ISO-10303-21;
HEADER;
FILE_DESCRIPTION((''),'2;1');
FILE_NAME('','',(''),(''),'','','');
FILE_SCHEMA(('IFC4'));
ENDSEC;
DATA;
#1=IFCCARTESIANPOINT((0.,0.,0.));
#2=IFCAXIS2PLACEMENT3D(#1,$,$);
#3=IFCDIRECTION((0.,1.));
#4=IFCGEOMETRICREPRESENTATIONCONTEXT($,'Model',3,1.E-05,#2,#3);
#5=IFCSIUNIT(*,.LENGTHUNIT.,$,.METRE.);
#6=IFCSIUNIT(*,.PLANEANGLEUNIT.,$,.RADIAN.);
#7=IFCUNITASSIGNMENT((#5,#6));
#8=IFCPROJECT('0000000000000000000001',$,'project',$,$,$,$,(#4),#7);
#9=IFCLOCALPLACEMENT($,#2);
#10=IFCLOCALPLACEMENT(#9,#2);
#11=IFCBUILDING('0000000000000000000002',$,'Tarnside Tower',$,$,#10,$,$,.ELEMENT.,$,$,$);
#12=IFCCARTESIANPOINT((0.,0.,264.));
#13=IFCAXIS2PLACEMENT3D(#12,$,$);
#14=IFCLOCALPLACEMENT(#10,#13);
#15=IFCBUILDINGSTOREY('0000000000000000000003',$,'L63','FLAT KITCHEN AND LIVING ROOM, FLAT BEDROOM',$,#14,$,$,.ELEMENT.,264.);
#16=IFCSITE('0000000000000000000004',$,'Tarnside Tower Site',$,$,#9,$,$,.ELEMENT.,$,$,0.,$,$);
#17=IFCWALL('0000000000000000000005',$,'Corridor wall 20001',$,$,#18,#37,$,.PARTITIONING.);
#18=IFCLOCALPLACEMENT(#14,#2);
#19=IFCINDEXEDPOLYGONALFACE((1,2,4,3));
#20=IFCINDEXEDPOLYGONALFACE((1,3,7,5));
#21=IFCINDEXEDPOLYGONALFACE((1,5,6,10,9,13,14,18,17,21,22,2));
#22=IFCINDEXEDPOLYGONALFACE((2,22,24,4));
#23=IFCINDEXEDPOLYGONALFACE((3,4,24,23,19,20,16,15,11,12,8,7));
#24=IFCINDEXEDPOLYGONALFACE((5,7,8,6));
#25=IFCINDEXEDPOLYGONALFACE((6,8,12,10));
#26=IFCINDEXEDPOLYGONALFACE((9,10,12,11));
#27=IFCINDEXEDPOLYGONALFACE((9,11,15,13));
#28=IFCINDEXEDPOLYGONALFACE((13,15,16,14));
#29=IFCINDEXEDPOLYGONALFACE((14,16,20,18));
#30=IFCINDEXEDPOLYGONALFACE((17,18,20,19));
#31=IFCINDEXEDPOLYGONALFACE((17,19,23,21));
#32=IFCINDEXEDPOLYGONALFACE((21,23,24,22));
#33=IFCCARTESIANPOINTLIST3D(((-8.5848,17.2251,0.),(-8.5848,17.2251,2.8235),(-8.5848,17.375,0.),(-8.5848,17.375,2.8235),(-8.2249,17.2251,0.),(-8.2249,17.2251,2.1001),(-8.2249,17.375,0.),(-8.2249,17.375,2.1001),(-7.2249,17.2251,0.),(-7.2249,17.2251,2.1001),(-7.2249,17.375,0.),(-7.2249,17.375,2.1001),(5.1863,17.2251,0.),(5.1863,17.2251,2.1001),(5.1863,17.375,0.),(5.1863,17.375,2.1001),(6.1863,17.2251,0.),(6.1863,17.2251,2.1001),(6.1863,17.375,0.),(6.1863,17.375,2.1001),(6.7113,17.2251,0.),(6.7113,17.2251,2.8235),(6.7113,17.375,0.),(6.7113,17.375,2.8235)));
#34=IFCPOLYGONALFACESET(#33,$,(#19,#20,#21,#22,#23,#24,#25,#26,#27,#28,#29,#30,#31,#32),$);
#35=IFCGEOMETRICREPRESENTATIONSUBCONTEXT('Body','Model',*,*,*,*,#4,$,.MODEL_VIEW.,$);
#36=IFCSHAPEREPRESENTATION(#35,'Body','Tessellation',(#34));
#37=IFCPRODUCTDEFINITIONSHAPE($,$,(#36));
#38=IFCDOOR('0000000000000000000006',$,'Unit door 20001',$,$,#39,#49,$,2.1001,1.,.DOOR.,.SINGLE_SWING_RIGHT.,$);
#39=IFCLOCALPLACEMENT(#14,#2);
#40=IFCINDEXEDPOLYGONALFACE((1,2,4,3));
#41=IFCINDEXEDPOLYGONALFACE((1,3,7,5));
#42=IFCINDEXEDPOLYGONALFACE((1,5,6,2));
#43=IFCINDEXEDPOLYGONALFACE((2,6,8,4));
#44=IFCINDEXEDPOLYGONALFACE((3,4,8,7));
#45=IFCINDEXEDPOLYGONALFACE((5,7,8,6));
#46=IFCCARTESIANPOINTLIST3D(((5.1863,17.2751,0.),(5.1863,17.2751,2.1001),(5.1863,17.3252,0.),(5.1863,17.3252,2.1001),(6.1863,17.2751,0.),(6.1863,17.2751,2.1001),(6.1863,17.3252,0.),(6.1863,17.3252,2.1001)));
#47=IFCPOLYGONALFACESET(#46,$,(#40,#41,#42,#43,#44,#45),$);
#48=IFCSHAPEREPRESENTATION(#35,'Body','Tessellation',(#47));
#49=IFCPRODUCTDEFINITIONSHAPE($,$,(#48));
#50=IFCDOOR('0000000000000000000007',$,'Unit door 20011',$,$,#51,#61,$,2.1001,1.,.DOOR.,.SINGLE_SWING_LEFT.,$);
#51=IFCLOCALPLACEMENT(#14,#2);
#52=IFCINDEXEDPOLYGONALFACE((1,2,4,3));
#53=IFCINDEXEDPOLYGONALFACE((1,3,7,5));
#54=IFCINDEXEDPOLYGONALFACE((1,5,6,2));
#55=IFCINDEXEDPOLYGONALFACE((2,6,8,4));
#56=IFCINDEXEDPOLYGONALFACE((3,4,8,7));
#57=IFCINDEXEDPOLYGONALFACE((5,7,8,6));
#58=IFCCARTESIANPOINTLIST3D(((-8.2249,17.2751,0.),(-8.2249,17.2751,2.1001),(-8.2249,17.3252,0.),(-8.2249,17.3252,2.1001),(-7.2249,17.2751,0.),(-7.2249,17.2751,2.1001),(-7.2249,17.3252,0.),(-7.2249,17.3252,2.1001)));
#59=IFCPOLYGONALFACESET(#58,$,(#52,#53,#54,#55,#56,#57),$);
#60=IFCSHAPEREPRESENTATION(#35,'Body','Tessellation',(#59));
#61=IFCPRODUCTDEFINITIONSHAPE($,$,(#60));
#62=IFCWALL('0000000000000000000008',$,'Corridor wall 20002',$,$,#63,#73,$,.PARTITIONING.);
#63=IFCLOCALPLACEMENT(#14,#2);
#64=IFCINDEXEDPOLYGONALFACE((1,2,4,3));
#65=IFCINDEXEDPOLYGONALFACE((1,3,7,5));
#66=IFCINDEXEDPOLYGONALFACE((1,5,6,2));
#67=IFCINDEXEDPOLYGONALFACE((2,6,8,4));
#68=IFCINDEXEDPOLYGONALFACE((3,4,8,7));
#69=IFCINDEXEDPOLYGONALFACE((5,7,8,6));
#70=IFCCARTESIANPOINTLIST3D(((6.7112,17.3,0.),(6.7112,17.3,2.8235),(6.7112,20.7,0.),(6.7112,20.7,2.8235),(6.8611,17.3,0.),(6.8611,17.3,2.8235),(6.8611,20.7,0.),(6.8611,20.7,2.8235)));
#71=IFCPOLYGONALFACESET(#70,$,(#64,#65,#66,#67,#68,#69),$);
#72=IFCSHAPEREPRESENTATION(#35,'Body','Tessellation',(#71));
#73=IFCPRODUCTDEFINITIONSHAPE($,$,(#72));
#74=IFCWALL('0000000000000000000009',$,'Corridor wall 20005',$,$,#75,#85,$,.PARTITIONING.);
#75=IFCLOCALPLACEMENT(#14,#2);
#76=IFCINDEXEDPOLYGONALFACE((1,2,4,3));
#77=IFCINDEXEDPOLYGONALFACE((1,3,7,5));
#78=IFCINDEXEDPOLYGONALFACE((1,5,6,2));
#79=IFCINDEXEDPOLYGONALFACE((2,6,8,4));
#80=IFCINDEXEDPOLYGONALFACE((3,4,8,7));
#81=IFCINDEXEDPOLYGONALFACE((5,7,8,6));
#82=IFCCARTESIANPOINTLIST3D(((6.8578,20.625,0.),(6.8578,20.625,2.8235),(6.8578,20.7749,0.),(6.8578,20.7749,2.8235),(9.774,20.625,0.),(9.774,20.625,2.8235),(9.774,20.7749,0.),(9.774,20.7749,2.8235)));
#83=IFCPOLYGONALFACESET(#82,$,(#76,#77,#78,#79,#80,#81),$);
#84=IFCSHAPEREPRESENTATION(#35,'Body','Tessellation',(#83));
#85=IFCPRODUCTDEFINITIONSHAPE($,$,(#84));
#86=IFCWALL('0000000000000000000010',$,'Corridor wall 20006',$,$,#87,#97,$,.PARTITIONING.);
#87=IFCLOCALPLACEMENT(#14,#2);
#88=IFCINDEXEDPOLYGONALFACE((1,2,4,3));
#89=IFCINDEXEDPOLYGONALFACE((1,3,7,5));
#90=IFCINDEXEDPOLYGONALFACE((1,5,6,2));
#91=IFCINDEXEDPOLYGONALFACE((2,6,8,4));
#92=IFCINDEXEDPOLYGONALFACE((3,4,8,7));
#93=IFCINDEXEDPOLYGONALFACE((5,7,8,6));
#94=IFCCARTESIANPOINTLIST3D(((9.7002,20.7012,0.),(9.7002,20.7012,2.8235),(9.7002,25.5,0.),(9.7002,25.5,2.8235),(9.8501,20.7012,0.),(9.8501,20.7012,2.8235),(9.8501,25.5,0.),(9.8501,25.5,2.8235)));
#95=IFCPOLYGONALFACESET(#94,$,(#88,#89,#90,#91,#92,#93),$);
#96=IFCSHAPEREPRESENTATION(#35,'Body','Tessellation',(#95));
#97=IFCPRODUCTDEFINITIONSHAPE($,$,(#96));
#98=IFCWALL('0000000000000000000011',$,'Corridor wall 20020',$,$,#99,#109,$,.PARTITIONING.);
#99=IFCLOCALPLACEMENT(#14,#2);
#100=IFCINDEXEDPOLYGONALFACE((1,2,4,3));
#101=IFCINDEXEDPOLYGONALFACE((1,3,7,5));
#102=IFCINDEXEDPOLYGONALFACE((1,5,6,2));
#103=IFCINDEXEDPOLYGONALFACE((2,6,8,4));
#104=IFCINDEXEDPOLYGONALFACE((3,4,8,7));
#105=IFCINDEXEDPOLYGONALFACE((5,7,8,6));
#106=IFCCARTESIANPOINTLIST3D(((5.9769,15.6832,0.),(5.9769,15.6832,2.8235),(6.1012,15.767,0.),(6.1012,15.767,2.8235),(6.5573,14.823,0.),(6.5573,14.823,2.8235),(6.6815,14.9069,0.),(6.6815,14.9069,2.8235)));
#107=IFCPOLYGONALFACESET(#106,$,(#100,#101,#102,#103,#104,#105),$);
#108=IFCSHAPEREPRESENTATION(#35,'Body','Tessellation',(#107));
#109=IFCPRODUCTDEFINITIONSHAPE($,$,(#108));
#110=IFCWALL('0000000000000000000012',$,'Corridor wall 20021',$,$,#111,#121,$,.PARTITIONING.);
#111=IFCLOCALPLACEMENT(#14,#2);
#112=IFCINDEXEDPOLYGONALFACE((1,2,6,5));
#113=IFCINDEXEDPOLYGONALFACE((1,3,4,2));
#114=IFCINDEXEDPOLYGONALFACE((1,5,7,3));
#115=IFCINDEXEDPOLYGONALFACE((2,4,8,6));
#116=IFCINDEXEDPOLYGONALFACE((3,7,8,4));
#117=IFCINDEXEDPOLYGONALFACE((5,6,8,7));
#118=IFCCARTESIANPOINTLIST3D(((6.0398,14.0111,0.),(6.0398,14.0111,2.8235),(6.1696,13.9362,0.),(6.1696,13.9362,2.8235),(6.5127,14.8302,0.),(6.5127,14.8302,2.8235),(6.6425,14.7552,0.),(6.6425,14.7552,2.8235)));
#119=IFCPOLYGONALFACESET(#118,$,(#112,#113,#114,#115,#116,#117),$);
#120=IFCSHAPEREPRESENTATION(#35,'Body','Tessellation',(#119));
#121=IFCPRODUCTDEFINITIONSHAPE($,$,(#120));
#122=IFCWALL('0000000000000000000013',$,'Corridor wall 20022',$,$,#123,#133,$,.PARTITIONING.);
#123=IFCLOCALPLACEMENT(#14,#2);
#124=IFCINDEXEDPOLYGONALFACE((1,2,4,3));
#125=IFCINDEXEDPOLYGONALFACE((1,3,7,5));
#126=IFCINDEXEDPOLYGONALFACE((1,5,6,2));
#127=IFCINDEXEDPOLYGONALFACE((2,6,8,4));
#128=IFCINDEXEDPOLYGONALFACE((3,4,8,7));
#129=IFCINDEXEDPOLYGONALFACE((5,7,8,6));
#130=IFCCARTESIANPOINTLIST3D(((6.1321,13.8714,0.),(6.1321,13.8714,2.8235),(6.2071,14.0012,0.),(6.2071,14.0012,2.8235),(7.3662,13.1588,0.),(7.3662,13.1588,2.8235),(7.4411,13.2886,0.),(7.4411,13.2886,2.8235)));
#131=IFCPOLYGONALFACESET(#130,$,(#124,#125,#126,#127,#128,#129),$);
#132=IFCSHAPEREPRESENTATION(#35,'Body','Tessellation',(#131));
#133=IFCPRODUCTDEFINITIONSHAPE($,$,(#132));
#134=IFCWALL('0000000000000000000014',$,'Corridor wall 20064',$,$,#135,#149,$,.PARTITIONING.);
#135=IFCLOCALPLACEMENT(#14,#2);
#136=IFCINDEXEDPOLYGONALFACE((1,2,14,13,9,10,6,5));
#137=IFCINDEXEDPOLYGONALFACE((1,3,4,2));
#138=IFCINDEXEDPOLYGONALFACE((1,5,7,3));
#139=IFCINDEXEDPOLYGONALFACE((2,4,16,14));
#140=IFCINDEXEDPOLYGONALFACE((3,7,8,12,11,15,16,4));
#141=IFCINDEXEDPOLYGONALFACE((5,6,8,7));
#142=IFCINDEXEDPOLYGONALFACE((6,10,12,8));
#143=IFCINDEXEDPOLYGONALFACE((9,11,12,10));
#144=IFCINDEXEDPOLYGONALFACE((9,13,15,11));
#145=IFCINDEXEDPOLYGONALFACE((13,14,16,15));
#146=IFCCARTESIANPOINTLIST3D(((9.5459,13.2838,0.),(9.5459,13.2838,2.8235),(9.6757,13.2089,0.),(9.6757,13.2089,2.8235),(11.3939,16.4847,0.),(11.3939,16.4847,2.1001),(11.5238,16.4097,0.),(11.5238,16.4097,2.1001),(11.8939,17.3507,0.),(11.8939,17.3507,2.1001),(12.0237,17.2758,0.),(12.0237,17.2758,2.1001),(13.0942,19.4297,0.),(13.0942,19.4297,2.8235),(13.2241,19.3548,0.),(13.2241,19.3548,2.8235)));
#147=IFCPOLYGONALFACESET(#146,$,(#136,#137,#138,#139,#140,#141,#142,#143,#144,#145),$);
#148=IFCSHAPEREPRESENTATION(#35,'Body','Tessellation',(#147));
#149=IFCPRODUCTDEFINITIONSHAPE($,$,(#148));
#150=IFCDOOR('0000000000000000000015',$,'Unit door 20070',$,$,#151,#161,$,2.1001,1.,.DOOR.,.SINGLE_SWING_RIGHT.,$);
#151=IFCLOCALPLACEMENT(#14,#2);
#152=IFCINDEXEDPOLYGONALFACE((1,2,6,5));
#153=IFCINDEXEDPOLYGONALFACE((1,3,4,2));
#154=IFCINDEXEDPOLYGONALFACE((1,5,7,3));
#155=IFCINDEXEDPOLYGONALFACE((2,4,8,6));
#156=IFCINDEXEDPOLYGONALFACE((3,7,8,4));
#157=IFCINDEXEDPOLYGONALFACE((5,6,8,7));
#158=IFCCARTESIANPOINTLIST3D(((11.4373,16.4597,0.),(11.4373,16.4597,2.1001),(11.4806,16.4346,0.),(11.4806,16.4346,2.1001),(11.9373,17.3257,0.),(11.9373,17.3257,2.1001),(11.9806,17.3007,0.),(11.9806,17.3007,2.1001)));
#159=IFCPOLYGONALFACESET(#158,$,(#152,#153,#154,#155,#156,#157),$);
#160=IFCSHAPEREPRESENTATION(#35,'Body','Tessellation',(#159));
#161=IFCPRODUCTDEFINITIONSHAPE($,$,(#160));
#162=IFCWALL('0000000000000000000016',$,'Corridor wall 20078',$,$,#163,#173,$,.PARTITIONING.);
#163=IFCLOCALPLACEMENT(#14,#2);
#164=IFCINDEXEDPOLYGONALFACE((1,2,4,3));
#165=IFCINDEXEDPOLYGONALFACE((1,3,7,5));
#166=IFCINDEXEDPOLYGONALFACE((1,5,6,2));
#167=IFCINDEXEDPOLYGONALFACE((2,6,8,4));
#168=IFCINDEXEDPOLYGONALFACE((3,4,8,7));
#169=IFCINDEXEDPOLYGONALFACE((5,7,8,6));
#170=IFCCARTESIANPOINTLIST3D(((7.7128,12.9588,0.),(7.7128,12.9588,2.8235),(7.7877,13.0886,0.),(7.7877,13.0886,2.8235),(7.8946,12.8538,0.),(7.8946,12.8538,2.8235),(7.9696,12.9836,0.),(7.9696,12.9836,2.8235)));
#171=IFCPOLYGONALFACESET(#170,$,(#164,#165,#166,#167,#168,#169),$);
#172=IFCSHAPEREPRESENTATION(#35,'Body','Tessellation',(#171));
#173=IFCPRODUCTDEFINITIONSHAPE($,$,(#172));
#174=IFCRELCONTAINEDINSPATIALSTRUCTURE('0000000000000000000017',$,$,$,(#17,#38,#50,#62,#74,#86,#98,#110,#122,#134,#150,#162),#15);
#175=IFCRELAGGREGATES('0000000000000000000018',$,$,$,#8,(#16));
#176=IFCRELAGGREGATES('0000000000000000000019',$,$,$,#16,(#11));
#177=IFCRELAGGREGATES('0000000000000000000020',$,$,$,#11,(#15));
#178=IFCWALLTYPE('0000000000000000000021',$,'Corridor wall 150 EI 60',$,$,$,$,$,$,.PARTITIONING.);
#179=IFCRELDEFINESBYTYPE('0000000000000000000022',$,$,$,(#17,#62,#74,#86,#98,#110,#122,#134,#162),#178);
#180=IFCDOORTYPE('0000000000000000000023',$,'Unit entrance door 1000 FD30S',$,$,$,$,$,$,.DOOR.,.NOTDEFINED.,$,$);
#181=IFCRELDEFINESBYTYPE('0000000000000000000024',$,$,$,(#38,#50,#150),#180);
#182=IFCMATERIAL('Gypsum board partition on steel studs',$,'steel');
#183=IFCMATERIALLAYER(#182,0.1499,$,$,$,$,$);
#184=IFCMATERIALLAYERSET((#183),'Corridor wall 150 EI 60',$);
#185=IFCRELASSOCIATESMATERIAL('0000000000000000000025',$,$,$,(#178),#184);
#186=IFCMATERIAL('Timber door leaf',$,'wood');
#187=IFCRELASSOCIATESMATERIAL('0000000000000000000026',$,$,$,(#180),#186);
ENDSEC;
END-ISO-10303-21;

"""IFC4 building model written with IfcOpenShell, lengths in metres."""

from ifc_helpers import new_model, si_unit, direction, frame, frame_2d, origin, place, context, subcontext, project, spatial, rectangle, extrude, material, layer, layer_set, type_object, element, fill, save


model = new_model("IFC4")

# Units and contexts
model_context = context("Model", 3, precision=1e-05, world=origin(), true_north=direction((0.0, 1.0)))
body_context = subcontext(model_context, "Body", "Model", "MODEL_VIEW")
ifc_project = project(units=[si_unit("LENGTHUNIT", "METRE"), si_unit("PLANEANGLEUNIT", "RADIAN")], contexts=[model_context])

# Site, building, storey
site_placement = place(None, origin())
site = spatial("IfcSite", under=ifc_project, at=site_placement, Name="Tarnside Tower Site", CompositionType="ELEMENT", RefElevation=0.0)
building_placement = place(site_placement, origin())
building = spatial("IfcBuilding", under=site, at=building_placement, Name="Tarnside Tower", CompositionType="ELEMENT")
storey_placement = place(building_placement, frame((0.0, 0.0, 264.0)))
storey = spatial("IfcBuildingStorey", under=building, at=storey_placement, Name="L63", Description="FLAT KITCHEN AND LIVING ROOM, FLAT BEDROOM", CompositionType="ELEMENT", Elevation=264.0)

# Shared definitions
ifc_material_1 = material(Name="Gypsum board partition on steel studs", Category="steel")

# Shared definitions
ifc_material_2 = material(Name="Timber door leaf", Category="wood")

# Wall, openings, doors
ifc_layer_1 = layer(ifc_material_1, 0.1499)
ifc_layer_set_1 = layer_set([ifc_layer_1], Name="Corridor wall 150 EI 60")
wall_type_1 = type_object("IfcWallType", Name="Corridor wall 150 EI 60", PredefinedType="PARTITIONING", material=ifc_layer_set_1)
wall_1_placement = place(storey_placement, frame((6.7112, 17.3, 0.0), z_axis=(0.0, 0.0, 1.0), x_axis=(-1.0, 0.0, 0.0)))
wall_1 = element("IfcWall", 1, at=wall_1_placement, inside=storey, type_object=wall_type_1, Name="Corridor wall 20001", PredefinedType="PARTITIONING", context=body_context, shape_type="SweptSolid", body=[
    extrude(rectangle(XDim=15.2961, YDim=0.1499, at=frame_2d((7.6479, 0.0))), origin(), (0.0, 0.0, 1.0), 2.8235),
])
opening_1_placement = place(wall_1_placement, frame((0.5249, 0.0, 0.0)))
opening_1 = element("IfcOpeningElement", 2, at=opening_1_placement, cuts=wall_1, PredefinedType="OPENING", context=body_context, shape_type="SweptSolid", body=[
    extrude(rectangle(XDim=1.0, YDim=2.1001, at=frame_2d((0.5, 1.05))), frame((0.0, 0.085, 0.0), z_axis=(0.0, -1.0, 0.0), x_axis=(1.0, 0.0, 0.0)), (0.0, 0.0, 1.0), 0.1699),
])
opening_2_placement = place(wall_1_placement, frame((13.936, 0.0, 0.0)))
opening_2 = element("IfcOpeningElement", 3, at=opening_2_placement, cuts=wall_1, PredefinedType="OPENING", context=body_context, shape_type="SweptSolid", body=[
    extrude(rectangle(XDim=1.0, YDim=2.1001, at=frame_2d((0.5, 1.05))), frame((0.0, 0.085, 0.0), z_axis=(0.0, -1.0, 0.0), x_axis=(1.0, 0.0, 0.0)), (0.0, 0.0, 1.0), 0.1699),
])
door_type_1 = type_object("IfcDoorType", Name="Unit entrance door 1000 FD30S", OperationType="NOTDEFINED", PredefinedType="DOOR", material=ifc_material_2)
door_1_placement = place(opening_1_placement, origin())
door_1 = element("IfcDoor", 4, at=door_1_placement, inside=storey, type_object=door_type_1, Name="Unit door 20001", OperationType="SINGLE_SWING_RIGHT", OverallHeight=2.1001, OverallWidth=1.0, PredefinedType="DOOR", context=body_context, shape_type="SweptSolid", body=[
    extrude(rectangle(XDim=1.0, YDim=2.1001, at=frame_2d((0.5, 1.05))), frame((0.0, 0.0249, 0.0), z_axis=(0.0, -1.0, 0.0), x_axis=(1.0, 0.0, 0.0)), (0.0, 0.0, 1.0), 0.05),
])
fill(opening_1, door_1)
door_2_placement = place(opening_2_placement, origin())
door_2 = element("IfcDoor", 5, at=door_2_placement, inside=storey, type_object=door_type_1, Name="Unit door 20011", OperationType="SINGLE_SWING_LEFT", OverallHeight=2.1001, OverallWidth=1.0, PredefinedType="DOOR", context=body_context, shape_type="SweptSolid", body=[
    extrude(rectangle(XDim=1.0, YDim=2.1001, at=frame_2d((0.5, 1.05))), frame((0.0, 0.0249, 0.0), z_axis=(0.0, -1.0, 0.0), x_axis=(1.0, 0.0, 0.0)), (0.0, 0.0, 1.0), 0.05),
])
fill(opening_2, door_2)

# Walls
wall_2_placement = place(storey_placement, frame((6.7861, 20.7, 0.0), z_axis=(0.0, 0.0, 1.0), x_axis=(0.0, -1.0, 0.0)))
element("IfcWall", 6, at=wall_2_placement, inside=storey, type_object=wall_type_1, Name="Corridor wall 20002", PredefinedType="PARTITIONING", context=body_context, shape_type="SweptSolid", body=[
    extrude(rectangle(XDim=3.3999, YDim=0.1499, at=frame_2d((1.7, 0.0))), origin(), (0.0, 0.0, 1.0), 2.8235),
])
wall_3_placement = place(storey_placement, frame((9.7739, 20.7, 0.0), z_axis=(0.0, 0.0, 1.0), x_axis=(-1.0, 0.0, 0.0)))
element("IfcWall", 7, at=wall_3_placement, inside=storey, type_object=wall_type_1, Name="Corridor wall 20005", PredefinedType="PARTITIONING", context=body_context, shape_type="SweptSolid", body=[
    extrude(rectangle(XDim=2.9163, YDim=0.1499, at=frame_2d((1.458, 0.0))), origin(), (0.0, 0.0, 1.0), 2.8235),
])
wall_4_placement = place(storey_placement, frame((9.7751, 25.5, 0.0), z_axis=(0.0, 0.0, 1.0), x_axis=(0.0, -1.0, 0.0)))
element("IfcWall", 8, at=wall_4_placement, inside=storey, type_object=wall_type_1, Name="Corridor wall 20006", PredefinedType="PARTITIONING", context=body_context, shape_type="SweptSolid", body=[
    extrude(rectangle(XDim=4.7988, YDim=0.1499, at=frame_2d((2.3994, 0.0))), origin(), (0.0, 0.0, 1.0), 2.8235),
])
wall_5_placement = place(storey_placement, frame((6.0391, 15.7251, 0.0), z_axis=(0.0, 0.0, 1.0), x_axis=(0.559307, -0.82896, 0.0)))
element("IfcWall", 9, at=wall_5_placement, inside=storey, type_object=wall_type_1, Name="Corridor wall 20020", PredefinedType="PARTITIONING", context=body_context, shape_type="SweptSolid", body=[
    extrude(rectangle(XDim=1.0376, YDim=0.1499, at=frame_2d((0.5188, 0.0))), origin(), (0.0, 0.0, 1.0), 2.8235),
])
wall_6_placement = place(storey_placement, frame((6.5776, 14.7927, 0.0), z_axis=(0.0, 0.0, 1.0), x_axis=(-0.499998, -0.866027, 0.0)))
element("IfcWall", 10, at=wall_6_placement, inside=storey, type_object=wall_type_1, Name="Corridor wall 20021", PredefinedType="PARTITIONING", context=body_context, shape_type="SweptSolid", body=[
    extrude(rectangle(XDim=0.9458, YDim=0.1499, at=frame_2d((0.4729, 0.0))), origin(), (0.0, 0.0, 1.0), 2.8235),
])
wall_7_placement = place(storey_placement, frame((6.1697, 13.9363, 0.0), z_axis=(0.0, 0.0, 1.0), x_axis=(0.865989, -0.500064, 0.0)))
element("IfcWall", 11, at=wall_7_placement, inside=storey, type_object=wall_type_1, Name="Corridor wall 20022", PredefinedType="PARTITIONING", context=body_context, shape_type="SweptSolid", body=[
    extrude(rectangle(XDim=1.425, YDim=0.1499, at=frame_2d((0.7124, 0.0))), origin(), (0.0, 0.0, 1.0), 2.8235),
])

# Wall, opening, door
wall_8_placement = place(storey_placement, frame((9.6108, 13.2463, 0.0), z_axis=(0.0, 0.0, 1.0), x_axis=(0.499994, 0.866029, 0.0)))
wall_8 = element("IfcWall", 12, at=wall_8_placement, inside=storey, type_object=wall_type_1, Name="Corridor wall 20064", PredefinedType="PARTITIONING", context=body_context, shape_type="SweptSolid", body=[
    extrude(rectangle(XDim=7.0967, YDim=0.1499, at=frame_2d((3.5483, 0.0))), origin(), (0.0, 0.0, 1.0), 2.8235),
])
opening_3_placement = place(wall_8_placement, frame((3.696, 0.0, 0.0)))
opening_3 = element("IfcOpeningElement", 13, at=opening_3_placement, cuts=wall_8, PredefinedType="OPENING", context=body_context, shape_type="SweptSolid", body=[
    extrude(rectangle(XDim=1.0, YDim=2.1001, at=frame_2d((0.5, 1.05))), frame((0.0, 0.085, 0.0), z_axis=(0.0, -1.0, 0.0), x_axis=(1.0, 0.0, 0.0)), (0.0, 0.0, 1.0), 0.1699),
])
door_3_placement = place(opening_3_placement, origin())
door_3 = element("IfcDoor", 14, at=door_3_placement, inside=storey, type_object=door_type_1, Name="Unit door 20070", OperationType="SINGLE_SWING_RIGHT", OverallHeight=2.1001, OverallWidth=1.0, PredefinedType="DOOR", context=body_context, shape_type="SweptSolid", body=[
    extrude(rectangle(XDim=1.0, YDim=2.1001, at=frame_2d((0.5, 1.05))), frame((0.0, 0.0249, 0.0), z_axis=(0.0, -1.0, 0.0), x_axis=(1.0, 0.0, 0.0)), (0.0, 0.0, 1.0), 0.05),
])
fill(opening_3, door_3)

# Wall
wall_9_placement = place(storey_placement, frame((7.7502, 13.0237, 0.0), z_axis=(0.0, 0.0, 1.0), x_axis=(0.866089, -0.49989, 0.0)))
element("IfcWall", 15, at=wall_9_placement, inside=storey, type_object=wall_type_1, Name="Corridor wall 20078", PredefinedType="PARTITIONING", context=body_context, shape_type="SweptSolid", body=[
    extrude(rectangle(XDim=0.21, YDim=0.1499, at=frame_2d((0.105, 0.0))), origin(), (0.0, 0.0, 1.0), 2.8235),
])

save(model, "model.ifc")
